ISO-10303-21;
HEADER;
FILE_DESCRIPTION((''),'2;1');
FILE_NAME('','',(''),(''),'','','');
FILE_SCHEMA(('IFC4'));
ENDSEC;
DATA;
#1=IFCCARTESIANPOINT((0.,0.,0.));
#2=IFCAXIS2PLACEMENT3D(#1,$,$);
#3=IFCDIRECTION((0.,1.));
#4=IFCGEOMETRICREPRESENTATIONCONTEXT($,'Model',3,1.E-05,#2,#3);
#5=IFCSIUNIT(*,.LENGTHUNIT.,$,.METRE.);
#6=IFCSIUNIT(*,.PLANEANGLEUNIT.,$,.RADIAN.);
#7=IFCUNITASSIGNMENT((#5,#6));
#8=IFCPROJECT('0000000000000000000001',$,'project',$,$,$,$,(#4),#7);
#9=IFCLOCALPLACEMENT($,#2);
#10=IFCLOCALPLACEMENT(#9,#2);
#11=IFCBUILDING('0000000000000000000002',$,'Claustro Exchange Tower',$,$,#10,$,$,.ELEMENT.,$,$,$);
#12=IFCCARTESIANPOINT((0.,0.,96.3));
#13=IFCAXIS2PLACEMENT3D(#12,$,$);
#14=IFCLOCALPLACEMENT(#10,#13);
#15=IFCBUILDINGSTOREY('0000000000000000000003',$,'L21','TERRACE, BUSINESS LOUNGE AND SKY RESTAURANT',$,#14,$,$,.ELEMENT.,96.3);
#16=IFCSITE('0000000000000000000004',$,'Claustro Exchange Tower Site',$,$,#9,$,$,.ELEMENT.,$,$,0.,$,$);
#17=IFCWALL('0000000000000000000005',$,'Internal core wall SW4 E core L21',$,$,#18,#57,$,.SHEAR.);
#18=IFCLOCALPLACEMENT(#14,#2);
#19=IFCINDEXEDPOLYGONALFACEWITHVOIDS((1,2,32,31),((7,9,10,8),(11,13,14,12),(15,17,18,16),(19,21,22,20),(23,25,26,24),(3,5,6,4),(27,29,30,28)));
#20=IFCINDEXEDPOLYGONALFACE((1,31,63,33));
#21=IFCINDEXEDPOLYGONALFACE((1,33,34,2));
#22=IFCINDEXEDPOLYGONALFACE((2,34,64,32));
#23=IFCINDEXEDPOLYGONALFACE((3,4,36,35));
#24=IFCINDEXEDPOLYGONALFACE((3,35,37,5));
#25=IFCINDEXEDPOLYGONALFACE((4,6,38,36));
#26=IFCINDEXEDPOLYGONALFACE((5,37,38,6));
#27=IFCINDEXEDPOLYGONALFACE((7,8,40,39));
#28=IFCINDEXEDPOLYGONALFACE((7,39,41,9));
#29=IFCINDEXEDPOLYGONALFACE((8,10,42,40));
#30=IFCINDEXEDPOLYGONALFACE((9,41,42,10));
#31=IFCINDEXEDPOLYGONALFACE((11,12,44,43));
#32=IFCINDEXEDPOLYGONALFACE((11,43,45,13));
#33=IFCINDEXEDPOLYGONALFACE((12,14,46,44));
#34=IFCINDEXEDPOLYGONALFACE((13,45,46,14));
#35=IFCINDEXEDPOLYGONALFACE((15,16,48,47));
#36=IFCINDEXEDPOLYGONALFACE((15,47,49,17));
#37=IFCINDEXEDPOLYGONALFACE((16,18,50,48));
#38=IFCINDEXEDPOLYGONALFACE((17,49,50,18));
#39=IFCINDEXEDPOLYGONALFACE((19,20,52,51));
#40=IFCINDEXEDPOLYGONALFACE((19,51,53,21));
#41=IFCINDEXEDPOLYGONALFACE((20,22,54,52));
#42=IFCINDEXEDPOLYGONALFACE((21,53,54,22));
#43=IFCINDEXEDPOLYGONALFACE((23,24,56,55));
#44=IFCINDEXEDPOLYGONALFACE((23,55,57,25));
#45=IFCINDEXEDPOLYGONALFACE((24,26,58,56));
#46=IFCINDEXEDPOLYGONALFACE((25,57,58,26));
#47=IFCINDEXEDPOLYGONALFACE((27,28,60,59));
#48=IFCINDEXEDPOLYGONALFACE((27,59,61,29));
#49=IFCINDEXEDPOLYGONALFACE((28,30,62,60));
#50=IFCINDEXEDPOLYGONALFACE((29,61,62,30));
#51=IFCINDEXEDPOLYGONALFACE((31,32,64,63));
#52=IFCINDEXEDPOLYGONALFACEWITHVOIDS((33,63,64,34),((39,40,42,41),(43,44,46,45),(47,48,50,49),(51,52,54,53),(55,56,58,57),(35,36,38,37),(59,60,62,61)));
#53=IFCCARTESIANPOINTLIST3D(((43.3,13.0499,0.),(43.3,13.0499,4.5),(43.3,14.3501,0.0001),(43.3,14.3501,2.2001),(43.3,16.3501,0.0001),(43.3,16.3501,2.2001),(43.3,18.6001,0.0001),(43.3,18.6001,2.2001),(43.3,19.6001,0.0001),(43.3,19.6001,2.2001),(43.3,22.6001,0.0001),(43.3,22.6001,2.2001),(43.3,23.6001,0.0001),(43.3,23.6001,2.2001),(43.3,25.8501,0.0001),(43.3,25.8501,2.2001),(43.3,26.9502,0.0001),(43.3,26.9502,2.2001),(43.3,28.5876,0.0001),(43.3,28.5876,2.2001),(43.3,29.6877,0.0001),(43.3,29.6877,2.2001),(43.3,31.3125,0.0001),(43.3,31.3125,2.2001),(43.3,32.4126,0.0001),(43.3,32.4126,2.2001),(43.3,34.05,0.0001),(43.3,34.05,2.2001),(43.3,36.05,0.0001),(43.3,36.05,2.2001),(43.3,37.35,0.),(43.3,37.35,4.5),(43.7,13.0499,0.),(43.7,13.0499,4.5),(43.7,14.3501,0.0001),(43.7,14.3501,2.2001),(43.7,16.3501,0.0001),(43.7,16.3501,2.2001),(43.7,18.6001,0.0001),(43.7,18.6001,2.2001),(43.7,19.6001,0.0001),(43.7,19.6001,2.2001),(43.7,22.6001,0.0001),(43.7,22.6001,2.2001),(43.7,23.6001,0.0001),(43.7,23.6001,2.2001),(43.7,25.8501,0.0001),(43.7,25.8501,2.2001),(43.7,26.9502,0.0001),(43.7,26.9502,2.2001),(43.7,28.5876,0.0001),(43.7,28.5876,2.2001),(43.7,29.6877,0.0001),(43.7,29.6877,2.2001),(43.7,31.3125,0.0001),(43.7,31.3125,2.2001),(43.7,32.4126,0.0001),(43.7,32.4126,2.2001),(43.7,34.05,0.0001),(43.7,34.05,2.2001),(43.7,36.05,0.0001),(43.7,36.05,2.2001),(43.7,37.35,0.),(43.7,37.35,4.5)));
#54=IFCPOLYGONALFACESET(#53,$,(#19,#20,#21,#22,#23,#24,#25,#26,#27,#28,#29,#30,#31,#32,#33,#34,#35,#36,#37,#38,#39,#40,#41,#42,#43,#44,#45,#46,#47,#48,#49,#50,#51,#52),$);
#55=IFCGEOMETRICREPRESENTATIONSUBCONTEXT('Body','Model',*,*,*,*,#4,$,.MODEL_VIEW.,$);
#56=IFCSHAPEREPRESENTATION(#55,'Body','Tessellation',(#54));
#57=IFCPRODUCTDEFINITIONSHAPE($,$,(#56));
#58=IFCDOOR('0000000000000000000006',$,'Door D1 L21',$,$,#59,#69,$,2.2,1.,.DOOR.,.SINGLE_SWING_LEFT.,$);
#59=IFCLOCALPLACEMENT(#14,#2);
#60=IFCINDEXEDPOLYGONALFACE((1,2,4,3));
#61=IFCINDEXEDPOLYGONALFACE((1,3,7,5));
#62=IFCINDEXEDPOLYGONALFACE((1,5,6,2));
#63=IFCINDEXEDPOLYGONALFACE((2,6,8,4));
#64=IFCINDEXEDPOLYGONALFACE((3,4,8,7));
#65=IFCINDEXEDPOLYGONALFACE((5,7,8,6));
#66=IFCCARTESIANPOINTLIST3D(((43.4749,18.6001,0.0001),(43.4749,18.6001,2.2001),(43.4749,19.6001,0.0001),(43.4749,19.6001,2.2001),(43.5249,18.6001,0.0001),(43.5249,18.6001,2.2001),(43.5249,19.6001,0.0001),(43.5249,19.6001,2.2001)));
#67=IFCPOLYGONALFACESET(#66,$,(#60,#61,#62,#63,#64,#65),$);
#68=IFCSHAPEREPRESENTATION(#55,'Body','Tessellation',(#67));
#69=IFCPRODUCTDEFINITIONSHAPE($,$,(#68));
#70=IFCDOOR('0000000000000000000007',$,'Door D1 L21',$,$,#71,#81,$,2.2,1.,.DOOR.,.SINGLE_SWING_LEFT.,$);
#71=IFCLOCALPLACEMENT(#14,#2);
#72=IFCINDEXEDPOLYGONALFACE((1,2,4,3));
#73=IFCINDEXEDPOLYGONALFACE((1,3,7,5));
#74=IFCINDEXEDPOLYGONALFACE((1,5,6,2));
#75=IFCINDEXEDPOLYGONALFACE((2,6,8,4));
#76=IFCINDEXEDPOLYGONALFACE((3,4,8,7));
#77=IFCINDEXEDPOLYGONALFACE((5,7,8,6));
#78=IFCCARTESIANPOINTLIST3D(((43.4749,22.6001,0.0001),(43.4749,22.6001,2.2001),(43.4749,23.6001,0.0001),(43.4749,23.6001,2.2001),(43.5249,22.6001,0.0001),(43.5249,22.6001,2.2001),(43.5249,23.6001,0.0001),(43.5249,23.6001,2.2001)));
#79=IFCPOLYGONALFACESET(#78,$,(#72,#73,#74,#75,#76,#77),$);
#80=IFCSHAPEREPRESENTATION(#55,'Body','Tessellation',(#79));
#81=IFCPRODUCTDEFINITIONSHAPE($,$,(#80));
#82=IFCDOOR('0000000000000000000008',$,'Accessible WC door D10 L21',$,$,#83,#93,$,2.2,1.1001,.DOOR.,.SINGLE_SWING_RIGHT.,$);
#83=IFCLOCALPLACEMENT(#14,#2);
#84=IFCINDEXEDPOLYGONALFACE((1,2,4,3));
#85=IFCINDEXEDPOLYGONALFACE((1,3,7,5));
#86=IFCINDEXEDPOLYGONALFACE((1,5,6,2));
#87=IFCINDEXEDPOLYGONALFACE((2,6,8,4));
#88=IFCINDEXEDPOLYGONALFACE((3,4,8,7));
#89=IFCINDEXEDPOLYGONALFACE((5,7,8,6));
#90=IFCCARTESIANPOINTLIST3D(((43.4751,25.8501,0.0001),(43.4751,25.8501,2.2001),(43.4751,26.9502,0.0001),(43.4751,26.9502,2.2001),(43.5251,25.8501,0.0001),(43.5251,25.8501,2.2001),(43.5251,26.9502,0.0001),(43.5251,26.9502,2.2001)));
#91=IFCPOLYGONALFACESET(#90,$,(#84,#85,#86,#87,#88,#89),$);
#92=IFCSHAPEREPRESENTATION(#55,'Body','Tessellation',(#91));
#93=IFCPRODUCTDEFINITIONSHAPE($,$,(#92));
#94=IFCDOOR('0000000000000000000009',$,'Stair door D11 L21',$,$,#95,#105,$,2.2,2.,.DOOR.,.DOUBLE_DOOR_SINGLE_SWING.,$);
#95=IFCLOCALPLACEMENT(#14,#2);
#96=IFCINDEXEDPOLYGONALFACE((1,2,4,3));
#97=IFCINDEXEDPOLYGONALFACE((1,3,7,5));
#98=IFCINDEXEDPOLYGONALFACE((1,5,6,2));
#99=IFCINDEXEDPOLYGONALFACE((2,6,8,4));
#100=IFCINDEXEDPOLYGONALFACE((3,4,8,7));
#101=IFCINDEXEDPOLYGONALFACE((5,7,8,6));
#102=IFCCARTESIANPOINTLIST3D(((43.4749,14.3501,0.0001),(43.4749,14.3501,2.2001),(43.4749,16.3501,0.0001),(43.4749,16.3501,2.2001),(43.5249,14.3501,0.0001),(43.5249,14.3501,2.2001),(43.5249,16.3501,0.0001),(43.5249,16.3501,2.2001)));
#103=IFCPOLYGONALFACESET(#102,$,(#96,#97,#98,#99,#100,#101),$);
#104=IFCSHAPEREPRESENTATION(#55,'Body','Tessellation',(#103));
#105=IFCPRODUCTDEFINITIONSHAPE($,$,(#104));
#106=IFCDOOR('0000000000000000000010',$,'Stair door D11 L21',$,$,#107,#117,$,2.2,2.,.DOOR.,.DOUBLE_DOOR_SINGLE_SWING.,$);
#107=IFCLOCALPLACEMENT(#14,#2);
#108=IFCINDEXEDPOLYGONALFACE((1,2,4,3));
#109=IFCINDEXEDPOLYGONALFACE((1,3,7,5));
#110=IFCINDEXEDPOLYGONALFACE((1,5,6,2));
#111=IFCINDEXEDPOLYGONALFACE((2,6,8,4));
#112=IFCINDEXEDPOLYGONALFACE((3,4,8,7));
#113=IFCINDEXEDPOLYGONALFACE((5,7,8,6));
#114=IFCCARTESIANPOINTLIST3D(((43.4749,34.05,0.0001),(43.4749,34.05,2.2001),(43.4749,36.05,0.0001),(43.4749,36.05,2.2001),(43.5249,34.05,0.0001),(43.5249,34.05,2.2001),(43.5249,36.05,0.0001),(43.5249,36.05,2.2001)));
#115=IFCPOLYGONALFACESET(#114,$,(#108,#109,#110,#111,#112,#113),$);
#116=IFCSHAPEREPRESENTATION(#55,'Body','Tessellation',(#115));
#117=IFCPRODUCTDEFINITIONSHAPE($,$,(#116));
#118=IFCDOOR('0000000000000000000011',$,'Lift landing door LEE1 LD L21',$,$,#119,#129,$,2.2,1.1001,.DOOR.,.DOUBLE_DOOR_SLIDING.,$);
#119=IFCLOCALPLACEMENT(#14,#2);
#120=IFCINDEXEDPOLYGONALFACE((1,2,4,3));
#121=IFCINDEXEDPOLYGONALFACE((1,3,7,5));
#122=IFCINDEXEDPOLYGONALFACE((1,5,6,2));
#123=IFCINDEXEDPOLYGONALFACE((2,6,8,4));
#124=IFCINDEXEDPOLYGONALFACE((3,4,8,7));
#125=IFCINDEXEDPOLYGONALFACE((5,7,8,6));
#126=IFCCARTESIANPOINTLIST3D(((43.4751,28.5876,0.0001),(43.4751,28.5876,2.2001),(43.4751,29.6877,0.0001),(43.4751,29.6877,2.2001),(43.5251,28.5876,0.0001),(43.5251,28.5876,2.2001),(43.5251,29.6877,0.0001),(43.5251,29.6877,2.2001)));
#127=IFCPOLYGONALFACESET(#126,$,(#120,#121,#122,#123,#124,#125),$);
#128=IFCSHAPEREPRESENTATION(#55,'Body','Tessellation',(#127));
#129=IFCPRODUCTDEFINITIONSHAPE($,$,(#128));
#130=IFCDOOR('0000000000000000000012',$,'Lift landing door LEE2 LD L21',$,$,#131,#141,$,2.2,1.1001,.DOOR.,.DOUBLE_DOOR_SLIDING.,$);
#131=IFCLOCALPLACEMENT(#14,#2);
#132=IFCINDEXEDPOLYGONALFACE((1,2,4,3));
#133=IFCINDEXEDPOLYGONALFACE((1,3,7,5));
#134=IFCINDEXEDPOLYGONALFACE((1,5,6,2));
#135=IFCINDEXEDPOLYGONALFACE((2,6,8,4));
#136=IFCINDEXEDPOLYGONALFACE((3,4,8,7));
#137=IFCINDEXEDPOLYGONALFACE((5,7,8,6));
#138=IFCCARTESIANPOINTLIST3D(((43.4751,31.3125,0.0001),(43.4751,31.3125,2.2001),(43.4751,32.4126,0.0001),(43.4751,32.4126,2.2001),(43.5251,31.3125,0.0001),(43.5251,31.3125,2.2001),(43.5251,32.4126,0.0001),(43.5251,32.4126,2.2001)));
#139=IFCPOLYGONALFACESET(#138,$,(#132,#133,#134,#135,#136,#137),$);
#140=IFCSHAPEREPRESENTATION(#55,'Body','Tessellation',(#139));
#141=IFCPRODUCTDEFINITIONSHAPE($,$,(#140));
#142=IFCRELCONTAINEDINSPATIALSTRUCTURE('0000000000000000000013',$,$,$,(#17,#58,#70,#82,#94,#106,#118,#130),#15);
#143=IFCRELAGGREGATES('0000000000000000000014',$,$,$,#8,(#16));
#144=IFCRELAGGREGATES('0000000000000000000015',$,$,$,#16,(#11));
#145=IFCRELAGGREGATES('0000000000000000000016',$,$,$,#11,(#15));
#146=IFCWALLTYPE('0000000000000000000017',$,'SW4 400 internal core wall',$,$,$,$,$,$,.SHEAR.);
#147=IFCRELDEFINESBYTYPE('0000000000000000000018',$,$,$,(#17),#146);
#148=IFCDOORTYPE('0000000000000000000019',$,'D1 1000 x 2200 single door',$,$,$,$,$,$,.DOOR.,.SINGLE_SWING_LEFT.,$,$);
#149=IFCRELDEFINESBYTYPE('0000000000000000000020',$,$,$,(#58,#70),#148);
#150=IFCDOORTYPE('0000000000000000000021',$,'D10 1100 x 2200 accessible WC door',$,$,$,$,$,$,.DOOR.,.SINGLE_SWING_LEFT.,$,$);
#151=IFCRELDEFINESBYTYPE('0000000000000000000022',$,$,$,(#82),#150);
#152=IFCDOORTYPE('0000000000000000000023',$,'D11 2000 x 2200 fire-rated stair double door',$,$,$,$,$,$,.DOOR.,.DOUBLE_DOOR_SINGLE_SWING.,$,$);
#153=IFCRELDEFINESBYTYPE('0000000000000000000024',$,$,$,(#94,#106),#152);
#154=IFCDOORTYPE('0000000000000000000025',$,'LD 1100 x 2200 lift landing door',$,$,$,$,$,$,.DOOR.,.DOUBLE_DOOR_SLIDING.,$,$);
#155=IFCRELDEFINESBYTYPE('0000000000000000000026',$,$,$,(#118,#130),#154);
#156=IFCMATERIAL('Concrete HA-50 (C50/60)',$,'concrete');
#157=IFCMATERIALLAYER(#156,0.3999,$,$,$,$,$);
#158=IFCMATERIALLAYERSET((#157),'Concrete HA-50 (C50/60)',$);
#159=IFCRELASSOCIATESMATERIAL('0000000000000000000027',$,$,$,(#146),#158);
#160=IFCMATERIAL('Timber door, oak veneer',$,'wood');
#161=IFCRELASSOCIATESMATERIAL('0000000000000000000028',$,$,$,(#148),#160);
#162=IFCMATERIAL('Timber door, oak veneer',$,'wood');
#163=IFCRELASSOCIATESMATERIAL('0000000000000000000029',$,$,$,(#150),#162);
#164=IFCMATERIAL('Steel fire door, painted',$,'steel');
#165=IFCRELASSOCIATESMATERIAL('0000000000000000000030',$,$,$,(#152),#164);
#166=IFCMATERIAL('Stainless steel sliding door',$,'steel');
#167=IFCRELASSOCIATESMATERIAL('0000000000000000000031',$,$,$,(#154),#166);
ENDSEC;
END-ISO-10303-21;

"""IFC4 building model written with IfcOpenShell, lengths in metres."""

from ifc_helpers import new_model, si_unit, direction, frame, frame_2d, origin, place, context, subcontext, project, spatial, rectangle, extrude, material, layer, layer_set, type_object, element, fill, save


model = new_model("IFC4")

# Units and contexts
model_context = context("Model", 3, precision=1e-05, world=origin(), true_north=direction((0.0, 1.0)))
body_context = subcontext(model_context, "Body", "Model", "MODEL_VIEW")
ifc_project = project(units=[si_unit("LENGTHUNIT", "METRE"), si_unit("PLANEANGLEUNIT", "RADIAN")], contexts=[model_context])

# Site, building, storey
site_placement = place(None, origin())
site = spatial("IfcSite", under=ifc_project, at=site_placement, Name="Claustro Exchange Tower Site", CompositionType="ELEMENT", RefElevation=0.0)
building_placement = place(site_placement, origin())
building = spatial("IfcBuilding", under=site, at=building_placement, Name="Claustro Exchange Tower", CompositionType="ELEMENT")
storey_placement = place(building_placement, frame((0.0, 0.0, 96.3)))
storey = spatial("IfcBuildingStorey", under=building, at=storey_placement, Name="L21", Description="TERRACE, BUSINESS LOUNGE AND SKY RESTAURANT", CompositionType="ELEMENT", Elevation=96.3)

# Wall, openings, doors
ifc_material_1 = material(Name="Concrete HA-50 (C50/60)", Category="concrete")
ifc_layer = layer(ifc_material_1, 0.3999)
ifc_layer_set = layer_set([ifc_layer], Name="Concrete HA-50 (C50/60)")
wall_type = type_object("IfcWallType", Name="SW4 400 internal core wall", PredefinedType="SHEAR", material=ifc_layer_set)
wall_1_placement = place(storey_placement, frame((43.5, 13.05, 0.0), z_axis=(0.0, 0.0, 1.0), x_axis=(0.0, 1.0, 0.0)))
wall_1 = element("IfcWall", 1, at=wall_1_placement, inside=storey, type_object=wall_type, Name="Internal core wall SW4 E core L21", PredefinedType="SHEAR", context=body_context, shape_type="SweptSolid", body=[
    extrude(rectangle(XDim=24.3, YDim=0.3999, at=frame_2d((12.1499, 0.0))), origin(), (0.0, 0.0, 1.0), 4.5),
])
opening_1_placement = place(wall_1_placement, frame((1.3, 0.0, 0.0)))
opening_1 = element("IfcOpeningElement", 2, at=opening_1_placement, cuts=wall_1, PredefinedType="OPENING", context=body_context, shape_type="SweptSolid", body=[
    extrude(rectangle(XDim=2.0, YDim=2.2, at=frame_2d((1.0, 1.1001))), frame((0.0, 0.21, 0.0), z_axis=(0.0, -1.0, 0.0), x_axis=(1.0, 0.0, 0.0)), (0.0, 0.0, 1.0), 0.4199),
])
opening_2_placement = place(wall_1_placement, frame((21.0, 0.0, 0.0)))
opening_2 = element("IfcOpeningElement", 3, at=opening_2_placement, cuts=wall_1, PredefinedType="OPENING", context=body_context, shape_type="SweptSolid", body=[
    extrude(rectangle(XDim=2.0, YDim=2.2, at=frame_2d((1.0, 1.1001))), frame((0.0, 0.21, 0.0), z_axis=(0.0, -1.0, 0.0), x_axis=(1.0, 0.0, 0.0)), (0.0, 0.0, 1.0), 0.4199),
])
opening_3_placement = place(wall_1_placement, frame((5.55, 0.0, 0.0)))
opening_3 = element("IfcOpeningElement", 4, at=opening_3_placement, cuts=wall_1, PredefinedType="OPENING", context=body_context, shape_type="SweptSolid", body=[
    extrude(rectangle(XDim=1.0, YDim=2.2, at=frame_2d((0.5, 1.1001))), frame((0.0, 0.21, 0.0), z_axis=(0.0, -1.0, 0.0), x_axis=(1.0, 0.0, 0.0)), (0.0, 0.0, 1.0), 0.4199),
])
opening_4_placement = place(wall_1_placement, frame((9.55, 0.0, 0.0)))
opening_4 = element("IfcOpeningElement", 5, at=opening_4_placement, cuts=wall_1, PredefinedType="OPENING", context=body_context, shape_type="SweptSolid", body=[
    extrude(rectangle(XDim=1.0, YDim=2.2, at=frame_2d((0.5, 1.1001))), frame((0.0, 0.21, 0.0), z_axis=(0.0, -1.0, 0.0), x_axis=(1.0, 0.0, 0.0)), (0.0, 0.0, 1.0), 0.4199),
])
opening_5_placement = place(wall_1_placement, frame((12.8, 0.0, 0.0)))
opening_5 = element("IfcOpeningElement", 6, at=opening_5_placement, cuts=wall_1, PredefinedType="OPENING", context=body_context, shape_type="SweptSolid", body=[
    extrude(rectangle(XDim=1.1001, YDim=2.2, at=frame_2d((0.55, 1.1001))), frame((0.0, 0.21, 0.0), z_axis=(0.0, -1.0, 0.0), x_axis=(1.0, 0.0, 0.0)), (0.0, 0.0, 1.0), 0.4199),
])
opening_6_placement = place(wall_1_placement, frame((15.5376, 0.0, 0.0)))
opening_6 = element("IfcOpeningElement", 7, at=opening_6_placement, cuts=wall_1, PredefinedType="OPENING", context=body_context, shape_type="SweptSolid", body=[
    extrude(rectangle(XDim=1.1001, YDim=2.2, at=frame_2d((0.55, 1.1001))), frame((0.0, 0.21, 0.0), z_axis=(0.0, -1.0, 0.0), x_axis=(1.0, 0.0, 0.0)), (0.0, 0.0, 1.0), 0.4199),
])
opening_7_placement = place(wall_1_placement, frame((18.2625, 0.0, 0.0)))
opening_7 = element("IfcOpeningElement", 8, at=opening_7_placement, cuts=wall_1, PredefinedType="OPENING", context=body_context, shape_type="SweptSolid", body=[
    extrude(rectangle(XDim=1.1001, YDim=2.2, at=frame_2d((0.55, 1.1001))), frame((0.0, 0.21, 0.0), z_axis=(0.0, -1.0, 0.0), x_axis=(1.0, 0.0, 0.0)), (0.0, 0.0, 1.0), 0.4199),
])
ifc_material_2 = material(Name="Timber door, oak veneer", Category="wood")
door_type_1 = type_object("IfcDoorType", Name="D1 1000 x 2200 single door", OperationType="SINGLE_SWING_LEFT", PredefinedType="DOOR", material=ifc_material_2)
door_1_placement = place(opening_3_placement, frame((1.0, 0.0, 0.0), z_axis=(0.0, 0.0, 1.0), x_axis=(-1.0, 0.0, 0.0)))
door_1 = element("IfcDoor", 9, at=door_1_placement, inside=storey, type_object=door_type_1, Name="Door D1 L21", OperationType="SINGLE_SWING_LEFT", OverallHeight=2.2, OverallWidth=1.0, PredefinedType="DOOR", context=body_context, shape_type="SweptSolid", body=[
    extrude(rectangle(XDim=1.0, YDim=2.2, at=frame_2d((0.5, 1.1001))), frame((0.0, 0.0249, 0.0), z_axis=(0.0, -1.0, 0.0), x_axis=(1.0, 0.0, 0.0)), (0.0, 0.0, 1.0), 0.05),
])
fill(opening_3, door_1)
door_2_placement = place(opening_4_placement, frame((1.0, 0.0, 0.0), z_axis=(0.0, 0.0, 1.0), x_axis=(-1.0, 0.0, 0.0)))
door_2 = element("IfcDoor", 10, at=door_2_placement, inside=storey, type_object=door_type_1, Name="Door D1 L21", OperationType="SINGLE_SWING_LEFT", OverallHeight=2.2, OverallWidth=1.0, PredefinedType="DOOR", context=body_context, shape_type="SweptSolid", body=[
    extrude(rectangle(XDim=1.0, YDim=2.2, at=frame_2d((0.5, 1.1001))), frame((0.0, 0.0249, 0.0), z_axis=(0.0, -1.0, 0.0), x_axis=(1.0, 0.0, 0.0)), (0.0, 0.0, 1.0), 0.05),
])
fill(opening_4, door_2)
ifc_material_3 = material(Name="Timber door, oak veneer", Category="wood")
door_type_2 = type_object("IfcDoorType", Name="D10 1100 x 2200 accessible WC door", OperationType="SINGLE_SWING_LEFT", PredefinedType="DOOR", material=ifc_material_3)
door_3_placement = place(opening_5_placement, origin())
door_3 = element("IfcDoor", 11, at=door_3_placement, inside=storey, type_object=door_type_2, Name="Accessible WC door D10 L21", OperationType="SINGLE_SWING_RIGHT", OverallHeight=2.2, OverallWidth=1.1001, PredefinedType="DOOR", context=body_context, shape_type="SweptSolid", body=[
    extrude(rectangle(XDim=1.1001, YDim=2.2, at=frame_2d((0.55, 1.1001))), frame((0.0, 0.0249, 0.0), z_axis=(0.0, -1.0, 0.0), x_axis=(1.0, 0.0, 0.0)), (0.0, 0.0, 1.0), 0.05),
])
fill(opening_5, door_3)
ifc_material_4 = material(Name="Steel fire door, painted", Category="steel")
door_type_3 = type_object("IfcDoorType", Name="D11 2000 x 2200 fire-rated stair double door", OperationType="DOUBLE_DOOR_SINGLE_SWING", PredefinedType="DOOR", material=ifc_material_4)
door_4_placement = place(opening_1_placement, frame((2.0, 0.0, 0.0), z_axis=(0.0, 0.0, 1.0), x_axis=(-1.0, 0.0, 0.0)))
door_4 = element("IfcDoor", 12, at=door_4_placement, inside=storey, type_object=door_type_3, Name="Stair door D11 L21", OperationType="DOUBLE_DOOR_SINGLE_SWING", OverallHeight=2.2, OverallWidth=2.0, PredefinedType="DOOR", context=body_context, shape_type="SweptSolid", body=[
    extrude(rectangle(XDim=2.0, YDim=2.2, at=frame_2d((1.0, 1.1001))), frame((0.0, 0.0249, 0.0), z_axis=(0.0, -1.0, 0.0), x_axis=(1.0, 0.0, 0.0)), (0.0, 0.0, 1.0), 0.05),
])
fill(opening_1, door_4)
door_5_placement = place(opening_2_placement, frame((2.0, 0.0, 0.0), z_axis=(0.0, 0.0, 1.0), x_axis=(-1.0, 0.0, 0.0)))
door_5 = element("IfcDoor", 13, at=door_5_placement, inside=storey, type_object=door_type_3, Name="Stair door D11 L21", OperationType="DOUBLE_DOOR_SINGLE_SWING", OverallHeight=2.2, OverallWidth=2.0, PredefinedType="DOOR", context=body_context, shape_type="SweptSolid", body=[
    extrude(rectangle(XDim=2.0, YDim=2.2, at=frame_2d((1.0, 1.1001))), frame((0.0, 0.0249, 0.0), z_axis=(0.0, -1.0, 0.0), x_axis=(1.0, 0.0, 0.0)), (0.0, 0.0, 1.0), 0.05),
])
fill(opening_2, door_5)
ifc_material_5 = material(Name="Stainless steel sliding door", Category="steel")
door_type_4 = type_object("IfcDoorType", Name="LD 1100 x 2200 lift landing door", OperationType="DOUBLE_DOOR_SLIDING", PredefinedType="DOOR", material=ifc_material_5)
door_6_placement = place(opening_6_placement, origin())
door_6 = element("IfcDoor", 14, at=door_6_placement, inside=storey, type_object=door_type_4, Name="Lift landing door LEE1 LD L21", OperationType="DOUBLE_DOOR_SLIDING", OverallHeight=2.2, OverallWidth=1.1001, PredefinedType="DOOR", context=body_context, shape_type="SweptSolid", body=[
    extrude(rectangle(XDim=1.1001, YDim=2.2, at=frame_2d((0.55, 1.1001))), frame((0.0, 0.0249, 0.0), z_axis=(0.0, -1.0, 0.0), x_axis=(1.0, 0.0, 0.0)), (0.0, 0.0, 1.0), 0.05),
])
fill(opening_6, door_6)
door_7_placement = place(opening_7_placement, origin())
door_7 = element("IfcDoor", 15, at=door_7_placement, inside=storey, type_object=door_type_4, Name="Lift landing door LEE2 LD L21", OperationType="DOUBLE_DOOR_SLIDING", OverallHeight=2.2, OverallWidth=1.1001, PredefinedType="DOOR", context=body_context, shape_type="SweptSolid", body=[
    extrude(rectangle(XDim=1.1001, YDim=2.2, at=frame_2d((0.55, 1.1001))), frame((0.0, 0.0249, 0.0), z_axis=(0.0, -1.0, 0.0), x_axis=(1.0, 0.0, 0.0)), (0.0, 0.0, 1.0), 0.05),
])
fill(opening_7, door_7)

save(model, "model.ifc")
